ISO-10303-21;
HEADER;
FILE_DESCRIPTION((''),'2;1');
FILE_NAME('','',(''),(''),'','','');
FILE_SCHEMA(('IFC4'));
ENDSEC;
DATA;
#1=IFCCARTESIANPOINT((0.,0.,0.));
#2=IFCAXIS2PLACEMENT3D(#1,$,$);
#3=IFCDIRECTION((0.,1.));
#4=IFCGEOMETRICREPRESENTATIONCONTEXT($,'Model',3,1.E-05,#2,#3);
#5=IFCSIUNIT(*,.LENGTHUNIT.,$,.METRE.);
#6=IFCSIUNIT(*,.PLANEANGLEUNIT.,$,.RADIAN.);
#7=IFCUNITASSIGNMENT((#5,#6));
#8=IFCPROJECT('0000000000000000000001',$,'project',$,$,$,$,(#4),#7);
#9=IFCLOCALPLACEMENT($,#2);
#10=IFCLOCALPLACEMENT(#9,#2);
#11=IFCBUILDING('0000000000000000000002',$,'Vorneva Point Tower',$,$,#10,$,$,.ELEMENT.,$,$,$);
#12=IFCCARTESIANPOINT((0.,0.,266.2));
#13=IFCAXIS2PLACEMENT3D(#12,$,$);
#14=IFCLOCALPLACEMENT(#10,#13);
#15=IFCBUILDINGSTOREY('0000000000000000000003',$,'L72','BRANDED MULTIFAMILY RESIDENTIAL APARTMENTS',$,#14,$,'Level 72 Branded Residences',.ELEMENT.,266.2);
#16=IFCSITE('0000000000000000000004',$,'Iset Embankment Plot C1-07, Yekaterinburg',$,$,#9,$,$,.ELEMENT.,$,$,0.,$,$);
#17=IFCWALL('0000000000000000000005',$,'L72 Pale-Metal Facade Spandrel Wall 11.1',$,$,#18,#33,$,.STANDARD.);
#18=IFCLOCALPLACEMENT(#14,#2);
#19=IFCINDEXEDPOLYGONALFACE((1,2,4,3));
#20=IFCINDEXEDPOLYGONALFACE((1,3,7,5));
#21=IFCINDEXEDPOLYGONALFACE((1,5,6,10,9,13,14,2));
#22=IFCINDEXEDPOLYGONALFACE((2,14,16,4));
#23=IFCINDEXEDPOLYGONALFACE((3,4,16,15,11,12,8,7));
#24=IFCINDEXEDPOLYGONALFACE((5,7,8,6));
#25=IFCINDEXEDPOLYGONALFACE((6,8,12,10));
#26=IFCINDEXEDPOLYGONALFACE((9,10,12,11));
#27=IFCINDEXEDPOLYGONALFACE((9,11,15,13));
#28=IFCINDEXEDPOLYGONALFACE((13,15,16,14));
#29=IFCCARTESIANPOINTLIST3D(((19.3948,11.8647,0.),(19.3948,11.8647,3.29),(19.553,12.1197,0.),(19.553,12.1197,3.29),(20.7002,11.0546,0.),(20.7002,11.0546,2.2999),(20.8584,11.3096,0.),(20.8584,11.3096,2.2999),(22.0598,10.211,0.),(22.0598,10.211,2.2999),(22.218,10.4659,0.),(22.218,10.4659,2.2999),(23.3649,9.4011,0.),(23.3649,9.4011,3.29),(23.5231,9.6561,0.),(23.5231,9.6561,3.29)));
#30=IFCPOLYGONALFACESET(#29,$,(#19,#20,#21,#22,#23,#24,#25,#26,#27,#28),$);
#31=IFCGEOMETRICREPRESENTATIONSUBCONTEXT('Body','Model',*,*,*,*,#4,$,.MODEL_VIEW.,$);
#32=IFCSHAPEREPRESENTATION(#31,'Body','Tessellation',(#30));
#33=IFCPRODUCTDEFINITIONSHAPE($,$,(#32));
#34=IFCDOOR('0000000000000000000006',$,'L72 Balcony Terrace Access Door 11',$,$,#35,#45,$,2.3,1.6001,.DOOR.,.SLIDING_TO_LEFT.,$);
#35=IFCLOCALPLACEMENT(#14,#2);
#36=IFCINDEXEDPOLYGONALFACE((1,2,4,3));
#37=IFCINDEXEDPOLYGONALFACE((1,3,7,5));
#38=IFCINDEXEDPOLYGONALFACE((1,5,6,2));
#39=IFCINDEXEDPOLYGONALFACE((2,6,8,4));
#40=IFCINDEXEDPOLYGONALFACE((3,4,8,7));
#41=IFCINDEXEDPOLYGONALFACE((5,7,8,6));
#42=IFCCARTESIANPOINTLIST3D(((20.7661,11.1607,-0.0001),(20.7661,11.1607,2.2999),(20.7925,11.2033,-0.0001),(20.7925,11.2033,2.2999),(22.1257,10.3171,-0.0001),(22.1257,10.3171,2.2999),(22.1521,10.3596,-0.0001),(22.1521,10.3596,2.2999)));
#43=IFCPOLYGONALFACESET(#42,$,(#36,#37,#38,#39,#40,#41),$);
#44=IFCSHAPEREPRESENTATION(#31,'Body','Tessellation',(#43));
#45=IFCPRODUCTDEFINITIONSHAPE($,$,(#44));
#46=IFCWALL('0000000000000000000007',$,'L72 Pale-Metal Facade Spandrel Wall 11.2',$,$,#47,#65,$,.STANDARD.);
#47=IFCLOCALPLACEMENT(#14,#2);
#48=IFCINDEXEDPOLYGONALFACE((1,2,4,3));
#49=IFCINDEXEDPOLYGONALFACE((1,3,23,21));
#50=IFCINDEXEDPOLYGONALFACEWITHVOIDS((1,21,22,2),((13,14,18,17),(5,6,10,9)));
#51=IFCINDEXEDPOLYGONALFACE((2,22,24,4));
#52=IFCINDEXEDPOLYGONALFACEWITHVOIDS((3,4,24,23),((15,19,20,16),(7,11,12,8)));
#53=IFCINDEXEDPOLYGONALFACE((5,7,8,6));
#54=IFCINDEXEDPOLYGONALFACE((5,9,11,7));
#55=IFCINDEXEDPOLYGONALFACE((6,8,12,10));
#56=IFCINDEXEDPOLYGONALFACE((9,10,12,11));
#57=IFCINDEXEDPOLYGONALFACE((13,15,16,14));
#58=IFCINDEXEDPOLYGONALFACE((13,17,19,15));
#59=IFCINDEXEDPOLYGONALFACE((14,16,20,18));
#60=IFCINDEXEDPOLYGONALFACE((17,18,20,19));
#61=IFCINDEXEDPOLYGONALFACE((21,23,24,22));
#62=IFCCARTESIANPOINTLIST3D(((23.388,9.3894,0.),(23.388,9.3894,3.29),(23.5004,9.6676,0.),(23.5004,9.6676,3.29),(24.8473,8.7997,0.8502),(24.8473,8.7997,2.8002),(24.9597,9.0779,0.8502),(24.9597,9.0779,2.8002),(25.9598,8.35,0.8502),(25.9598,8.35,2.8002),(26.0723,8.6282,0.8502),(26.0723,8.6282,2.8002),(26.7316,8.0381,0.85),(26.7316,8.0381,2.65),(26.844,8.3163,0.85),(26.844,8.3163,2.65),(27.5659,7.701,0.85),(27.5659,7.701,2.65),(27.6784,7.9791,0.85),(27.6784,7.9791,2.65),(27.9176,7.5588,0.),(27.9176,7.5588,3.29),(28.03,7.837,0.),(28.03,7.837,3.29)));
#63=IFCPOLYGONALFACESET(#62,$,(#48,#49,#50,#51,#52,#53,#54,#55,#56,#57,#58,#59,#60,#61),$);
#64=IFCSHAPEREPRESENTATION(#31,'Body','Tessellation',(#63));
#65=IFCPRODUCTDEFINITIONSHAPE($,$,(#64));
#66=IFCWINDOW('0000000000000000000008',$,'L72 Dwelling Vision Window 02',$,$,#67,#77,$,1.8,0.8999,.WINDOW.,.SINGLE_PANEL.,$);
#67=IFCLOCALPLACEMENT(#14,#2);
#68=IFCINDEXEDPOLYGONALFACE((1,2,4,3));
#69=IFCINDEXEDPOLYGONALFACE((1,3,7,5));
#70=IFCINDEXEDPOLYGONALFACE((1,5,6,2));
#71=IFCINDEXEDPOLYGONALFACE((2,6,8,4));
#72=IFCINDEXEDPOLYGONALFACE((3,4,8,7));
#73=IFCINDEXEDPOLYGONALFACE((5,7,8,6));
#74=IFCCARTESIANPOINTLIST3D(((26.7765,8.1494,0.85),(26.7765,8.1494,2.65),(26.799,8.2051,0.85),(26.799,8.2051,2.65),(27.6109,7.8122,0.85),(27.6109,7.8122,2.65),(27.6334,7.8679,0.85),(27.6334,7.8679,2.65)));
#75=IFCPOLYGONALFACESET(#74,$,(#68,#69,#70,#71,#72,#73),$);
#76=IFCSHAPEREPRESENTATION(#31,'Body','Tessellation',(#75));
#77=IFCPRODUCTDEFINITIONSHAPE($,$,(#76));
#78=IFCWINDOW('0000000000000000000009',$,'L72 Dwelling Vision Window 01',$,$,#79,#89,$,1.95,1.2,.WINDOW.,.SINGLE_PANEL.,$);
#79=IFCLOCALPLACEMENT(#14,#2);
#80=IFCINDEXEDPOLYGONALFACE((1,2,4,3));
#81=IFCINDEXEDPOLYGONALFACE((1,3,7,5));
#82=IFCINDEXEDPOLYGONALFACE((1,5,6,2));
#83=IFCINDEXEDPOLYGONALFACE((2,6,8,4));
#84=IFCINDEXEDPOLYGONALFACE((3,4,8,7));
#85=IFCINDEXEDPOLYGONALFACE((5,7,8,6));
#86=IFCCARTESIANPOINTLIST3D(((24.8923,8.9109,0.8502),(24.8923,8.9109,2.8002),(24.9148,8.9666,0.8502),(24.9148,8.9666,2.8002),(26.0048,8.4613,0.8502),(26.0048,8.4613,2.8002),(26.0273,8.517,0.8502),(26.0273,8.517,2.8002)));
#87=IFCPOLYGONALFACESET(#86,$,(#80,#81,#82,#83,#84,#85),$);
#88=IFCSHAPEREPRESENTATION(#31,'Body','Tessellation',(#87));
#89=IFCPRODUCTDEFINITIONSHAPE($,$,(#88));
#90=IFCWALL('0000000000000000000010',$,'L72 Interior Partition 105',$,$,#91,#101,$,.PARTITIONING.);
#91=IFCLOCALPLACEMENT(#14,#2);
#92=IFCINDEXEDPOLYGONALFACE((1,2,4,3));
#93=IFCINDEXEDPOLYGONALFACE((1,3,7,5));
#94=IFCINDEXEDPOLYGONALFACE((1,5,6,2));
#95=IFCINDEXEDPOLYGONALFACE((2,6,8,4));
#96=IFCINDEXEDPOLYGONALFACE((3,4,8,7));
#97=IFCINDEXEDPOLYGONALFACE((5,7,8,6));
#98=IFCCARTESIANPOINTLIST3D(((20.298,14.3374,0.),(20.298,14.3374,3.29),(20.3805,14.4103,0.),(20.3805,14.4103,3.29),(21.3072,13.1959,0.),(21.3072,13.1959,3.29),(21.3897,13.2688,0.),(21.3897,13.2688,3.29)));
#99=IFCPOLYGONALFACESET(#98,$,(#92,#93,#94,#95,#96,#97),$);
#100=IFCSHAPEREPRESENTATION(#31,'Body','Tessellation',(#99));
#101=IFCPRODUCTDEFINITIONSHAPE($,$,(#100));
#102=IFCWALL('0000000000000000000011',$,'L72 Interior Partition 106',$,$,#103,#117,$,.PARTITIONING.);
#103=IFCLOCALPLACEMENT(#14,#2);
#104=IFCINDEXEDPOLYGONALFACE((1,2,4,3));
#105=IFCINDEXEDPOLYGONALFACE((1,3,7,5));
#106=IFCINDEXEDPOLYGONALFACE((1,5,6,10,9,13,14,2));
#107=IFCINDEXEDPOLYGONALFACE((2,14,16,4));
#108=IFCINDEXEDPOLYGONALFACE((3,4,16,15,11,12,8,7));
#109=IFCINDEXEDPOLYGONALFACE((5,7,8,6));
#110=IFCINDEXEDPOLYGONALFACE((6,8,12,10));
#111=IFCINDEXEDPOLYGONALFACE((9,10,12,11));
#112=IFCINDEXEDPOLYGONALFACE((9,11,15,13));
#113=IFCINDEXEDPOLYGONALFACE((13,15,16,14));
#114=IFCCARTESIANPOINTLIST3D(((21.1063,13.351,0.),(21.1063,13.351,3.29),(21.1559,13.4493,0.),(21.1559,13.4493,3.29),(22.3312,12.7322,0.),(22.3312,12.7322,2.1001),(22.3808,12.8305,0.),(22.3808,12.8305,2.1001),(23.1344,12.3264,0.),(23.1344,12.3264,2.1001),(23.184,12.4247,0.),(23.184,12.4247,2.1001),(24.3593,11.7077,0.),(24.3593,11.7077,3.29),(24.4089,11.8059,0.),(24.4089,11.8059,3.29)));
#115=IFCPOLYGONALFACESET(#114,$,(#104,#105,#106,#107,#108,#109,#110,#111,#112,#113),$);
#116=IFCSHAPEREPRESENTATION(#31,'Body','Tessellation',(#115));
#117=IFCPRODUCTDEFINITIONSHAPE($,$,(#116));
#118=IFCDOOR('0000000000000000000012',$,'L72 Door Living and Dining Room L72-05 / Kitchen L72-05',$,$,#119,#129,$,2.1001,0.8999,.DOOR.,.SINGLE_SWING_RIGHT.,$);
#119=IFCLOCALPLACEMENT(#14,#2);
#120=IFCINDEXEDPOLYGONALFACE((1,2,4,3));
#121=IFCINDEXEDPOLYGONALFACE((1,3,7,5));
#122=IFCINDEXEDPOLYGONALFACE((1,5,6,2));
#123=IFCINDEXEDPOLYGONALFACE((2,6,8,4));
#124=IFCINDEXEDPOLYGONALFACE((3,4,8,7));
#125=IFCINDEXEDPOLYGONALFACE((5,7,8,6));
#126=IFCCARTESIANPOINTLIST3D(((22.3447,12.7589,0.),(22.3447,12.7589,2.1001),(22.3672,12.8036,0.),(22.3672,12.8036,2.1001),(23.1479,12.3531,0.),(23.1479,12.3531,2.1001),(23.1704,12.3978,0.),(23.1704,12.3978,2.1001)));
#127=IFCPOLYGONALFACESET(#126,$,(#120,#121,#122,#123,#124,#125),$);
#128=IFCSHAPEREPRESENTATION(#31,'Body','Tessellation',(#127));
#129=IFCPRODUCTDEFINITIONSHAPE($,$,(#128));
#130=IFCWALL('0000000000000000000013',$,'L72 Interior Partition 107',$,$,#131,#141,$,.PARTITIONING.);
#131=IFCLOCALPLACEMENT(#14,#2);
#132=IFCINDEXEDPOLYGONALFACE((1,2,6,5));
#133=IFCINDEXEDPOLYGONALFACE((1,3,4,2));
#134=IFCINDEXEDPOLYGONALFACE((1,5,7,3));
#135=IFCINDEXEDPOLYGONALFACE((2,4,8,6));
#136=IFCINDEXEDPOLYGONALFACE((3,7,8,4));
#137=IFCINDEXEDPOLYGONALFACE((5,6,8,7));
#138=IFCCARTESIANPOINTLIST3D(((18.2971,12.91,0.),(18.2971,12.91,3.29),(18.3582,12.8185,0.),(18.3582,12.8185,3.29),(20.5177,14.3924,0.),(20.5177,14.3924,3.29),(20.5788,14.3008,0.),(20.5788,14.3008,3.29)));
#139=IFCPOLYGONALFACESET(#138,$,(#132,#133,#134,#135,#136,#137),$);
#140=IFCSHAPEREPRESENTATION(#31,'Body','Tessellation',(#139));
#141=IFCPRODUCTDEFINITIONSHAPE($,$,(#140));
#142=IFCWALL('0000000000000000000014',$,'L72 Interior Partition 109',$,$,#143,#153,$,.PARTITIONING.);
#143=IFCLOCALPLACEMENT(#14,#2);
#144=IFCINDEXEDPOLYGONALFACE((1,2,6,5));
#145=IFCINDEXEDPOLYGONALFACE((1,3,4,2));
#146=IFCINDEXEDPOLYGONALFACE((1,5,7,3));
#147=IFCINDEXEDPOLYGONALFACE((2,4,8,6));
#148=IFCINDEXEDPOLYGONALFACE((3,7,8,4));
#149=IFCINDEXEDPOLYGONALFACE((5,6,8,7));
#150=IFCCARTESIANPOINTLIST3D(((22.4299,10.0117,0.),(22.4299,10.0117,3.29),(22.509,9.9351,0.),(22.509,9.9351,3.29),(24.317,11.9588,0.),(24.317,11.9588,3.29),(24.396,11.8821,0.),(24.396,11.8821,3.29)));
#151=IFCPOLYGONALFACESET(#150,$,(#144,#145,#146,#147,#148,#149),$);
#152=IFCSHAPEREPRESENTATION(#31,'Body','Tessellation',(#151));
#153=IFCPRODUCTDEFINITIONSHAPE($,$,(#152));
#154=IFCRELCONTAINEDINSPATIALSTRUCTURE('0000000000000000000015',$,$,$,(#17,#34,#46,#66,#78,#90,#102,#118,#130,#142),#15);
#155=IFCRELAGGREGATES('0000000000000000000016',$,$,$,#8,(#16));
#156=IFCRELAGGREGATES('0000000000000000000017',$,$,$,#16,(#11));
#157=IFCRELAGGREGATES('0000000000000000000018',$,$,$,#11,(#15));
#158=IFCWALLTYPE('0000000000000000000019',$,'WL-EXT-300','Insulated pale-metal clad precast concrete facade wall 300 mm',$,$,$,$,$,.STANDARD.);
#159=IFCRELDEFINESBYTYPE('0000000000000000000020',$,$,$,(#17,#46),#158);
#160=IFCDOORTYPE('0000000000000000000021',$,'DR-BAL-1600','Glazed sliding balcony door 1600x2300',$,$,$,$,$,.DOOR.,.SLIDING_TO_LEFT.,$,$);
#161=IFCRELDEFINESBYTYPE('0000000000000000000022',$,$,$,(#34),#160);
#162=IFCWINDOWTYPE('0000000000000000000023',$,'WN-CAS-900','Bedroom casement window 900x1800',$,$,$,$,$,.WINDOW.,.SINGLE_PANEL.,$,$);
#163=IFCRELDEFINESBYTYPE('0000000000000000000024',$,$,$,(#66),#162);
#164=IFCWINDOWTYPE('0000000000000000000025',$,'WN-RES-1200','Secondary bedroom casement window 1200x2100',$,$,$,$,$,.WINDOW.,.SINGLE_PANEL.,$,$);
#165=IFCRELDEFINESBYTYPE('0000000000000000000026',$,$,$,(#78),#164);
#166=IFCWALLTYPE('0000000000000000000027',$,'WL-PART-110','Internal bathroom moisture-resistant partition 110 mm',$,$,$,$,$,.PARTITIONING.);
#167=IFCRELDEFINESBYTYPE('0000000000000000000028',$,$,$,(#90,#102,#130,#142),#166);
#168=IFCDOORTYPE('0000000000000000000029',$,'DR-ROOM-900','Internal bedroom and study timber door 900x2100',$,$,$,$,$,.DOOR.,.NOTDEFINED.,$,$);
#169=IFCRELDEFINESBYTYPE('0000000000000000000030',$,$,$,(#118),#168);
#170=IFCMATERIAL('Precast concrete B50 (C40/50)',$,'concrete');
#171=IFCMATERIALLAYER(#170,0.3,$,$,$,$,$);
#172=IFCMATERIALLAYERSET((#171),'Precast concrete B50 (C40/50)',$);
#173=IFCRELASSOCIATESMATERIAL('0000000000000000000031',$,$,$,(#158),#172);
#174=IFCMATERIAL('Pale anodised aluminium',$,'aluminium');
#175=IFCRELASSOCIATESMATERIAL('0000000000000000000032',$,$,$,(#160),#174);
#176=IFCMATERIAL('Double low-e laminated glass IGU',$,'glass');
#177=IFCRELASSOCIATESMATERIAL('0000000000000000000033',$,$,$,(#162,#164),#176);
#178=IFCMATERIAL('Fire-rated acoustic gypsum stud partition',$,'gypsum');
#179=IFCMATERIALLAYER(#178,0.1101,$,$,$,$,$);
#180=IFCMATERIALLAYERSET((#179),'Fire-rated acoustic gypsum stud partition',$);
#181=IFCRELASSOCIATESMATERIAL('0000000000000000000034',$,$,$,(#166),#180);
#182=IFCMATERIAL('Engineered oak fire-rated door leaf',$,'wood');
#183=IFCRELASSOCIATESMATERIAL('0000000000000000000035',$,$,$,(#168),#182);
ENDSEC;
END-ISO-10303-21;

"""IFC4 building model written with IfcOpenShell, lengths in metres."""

from ifc_helpers import new_model, si_unit, direction, frame, frame_2d, origin, place, context, subcontext, project, spatial, rectangle, extrude, material, layer, layer_set, type_object, element, fill, save


model = new_model("IFC4")

# Units and contexts
model_context = context("Model", 3, precision=1e-05, world=origin(), true_north=direction((0.0, 1.0)))
body_context = subcontext(model_context, "Body", "Model", "MODEL_VIEW")
ifc_project = project(units=[si_unit("LENGTHUNIT", "METRE"), si_unit("PLANEANGLEUNIT", "RADIAN")], contexts=[model_context])

# Site, building, storey
site_placement = place(None, origin())
site = spatial("IfcSite", under=ifc_project, at=site_placement, Name="Iset Embankment Plot C1-07, Yekaterinburg", CompositionType="ELEMENT", RefElevation=0.0)
building_placement = place(site_placement, origin())
building = spatial("IfcBuilding", under=site, at=building_placement, Name="Vorneva Point Tower", CompositionType="ELEMENT")
storey_placement = place(building_placement, frame((0.0, 0.0, 266.2)))
storey = spatial("IfcBuildingStorey", under=building, at=storey_placement, Name="L72", Description="BRANDED MULTIFAMILY RESIDENTIAL APARTMENTS", LongName="Level 72 Branded Residences", CompositionType="ELEMENT", Elevation=266.2)

# Shared definitions
ifc_material_1 = material(Name="Pale anodised aluminium", Category="aluminium")
ifc_material_2 = material(Name="Double low-e laminated glass IGU", Category="glass")

# Wall, opening, door
ifc_material_3 = material(Name="Precast concrete B50 (C40/50)", Category="concrete")
ifc_layer_1 = layer(ifc_material_3, 0.3)
ifc_layer_set_1 = layer_set([ifc_layer_1], Name="Precast concrete B50 (C40/50)")
wall_type_1 = type_object("IfcWallType", Name="WL-EXT-300", Description="Insulated pale-metal clad precast concrete facade wall 300 mm", PredefinedType="STANDARD", material=ifc_layer_set_1)
wall_1_placement = place(storey_placement, frame((19.4739, 11.9922, 0.0), z_axis=(0.0, 0.0, 1.0), x_axis=(0.849702, -0.527263, 0.0)))
wall_1 = element("IfcWall", 1, at=wall_1_placement, inside=storey, type_object=wall_type_1, Name="L72 Pale-Metal Facade Spandrel Wall 11.1", PredefinedType="STANDARD", context=body_context, shape_type="SweptSolid", body=[
    extrude(rectangle(XDim=4.6724, YDim=0.3, at=frame_2d((2.3362, 0.0))), origin(), (0.0, 0.0, 1.0), 3.29),
])
opening_1_placement = place(wall_1_placement, frame((1.5364, 0.0, 0.0)))
opening_1 = element("IfcOpeningElement", 2, at=opening_1_placement, cuts=wall_1, PredefinedType="OPENING", context=body_context, shape_type="SweptSolid", body=[
    extrude(rectangle(XDim=1.6001, YDim=2.3, at=frame_2d((0.8, 1.1499))), frame((0.0, 0.165, 0.0), z_axis=(0.0, -1.0, 0.0), x_axis=(1.0, 0.0, 0.0)), (0.0, 0.0, 1.0), 0.3298),
])
door_type_1 = type_object("IfcDoorType", Name="DR-BAL-1600", Description="Glazed sliding balcony door 1600x2300", OperationType="SLIDING_TO_LEFT", PredefinedType="DOOR", material=ifc_material_1)
door_1_placement = place(opening_1_placement, origin())
door_1 = element("IfcDoor", 3, at=door_1_placement, inside=storey, type_object=door_type_1, Name="L72 Balcony Terrace Access Door 11", OperationType="SLIDING_TO_LEFT", OverallHeight=2.3, OverallWidth=1.6001, PredefinedType="DOOR", context=body_context, shape_type="SweptSolid", body=[
    extrude(rectangle(XDim=1.6001, YDim=2.3, at=frame_2d((0.8, 1.1499))), frame((0.0, 0.0249, 0.0), z_axis=(0.0, -1.0, 0.0), x_axis=(1.0, 0.0, 0.0)), (0.0, 0.0, 1.0), 0.05),
])
fill(opening_1, door_1)

# Wall, openings, windows
wall_2_placement = place(storey_placement, frame((23.4441, 9.5286, 0.0), z_axis=(0.0, 0.0, 1.0), x_axis=(0.927147, -0.374697, 0.0)))
wall_2 = element("IfcWall", 4, at=wall_2_placement, inside=storey, type_object=wall_type_1, Name="L72 Pale-Metal Facade Spandrel Wall 11.2", PredefinedType="STANDARD", context=body_context, shape_type="SweptSolid", body=[
    extrude(rectangle(XDim=4.8855, YDim=0.3, at=frame_2d((2.4429, 0.0))), origin(), (0.0, 0.0, 1.0), 3.29),
])
opening_2_placement = place(wall_2_placement, frame((1.574, 0.0, 0.8501)))
opening_2 = element("IfcOpeningElement", 5, at=opening_2_placement, cuts=wall_2, PredefinedType="OPENING", context=body_context, shape_type="SweptSolid", body=[
    extrude(rectangle(XDim=1.2, YDim=1.95, at=frame_2d((0.6001, 0.9751))), frame((0.0, 0.165, 0.0), z_axis=(0.0, -1.0, 0.0), x_axis=(1.0, 0.0, 0.0)), (0.0, 0.0, 1.0), 0.3298),
])
opening_3_placement = place(wall_2_placement, frame((3.6064, 0.0, 0.8501)))
opening_3 = element("IfcOpeningElement", 6, at=opening_3_placement, cuts=wall_2, PredefinedType="OPENING", context=body_context, shape_type="SweptSolid", body=[
    extrude(rectangle(XDim=0.8999, YDim=1.8, at=frame_2d((0.45, 0.8999))), frame((0.0, 0.165, 0.0), z_axis=(0.0, -1.0, 0.0), x_axis=(1.0, 0.0, 0.0)), (0.0, 0.0, 1.0), 0.3298),
])
window_type_1 = type_object("IfcWindowType", Name="WN-CAS-900", Description="Bedroom casement window 900x1800", PartitioningType="SINGLE_PANEL", PredefinedType="WINDOW", material=ifc_material_2)
window_1_placement = place(opening_3_placement, origin())
window_1 = element("IfcWindow", 7, at=window_1_placement, inside=storey, type_object=window_type_1, Name="L72 Dwelling Vision Window 02", OverallHeight=1.8, OverallWidth=0.8999, PartitioningType="SINGLE_PANEL", PredefinedType="WINDOW", context=body_context, shape_type="SweptSolid", body=[
    extrude(rectangle(XDim=0.8999, YDim=1.8, at=frame_2d((0.45, 0.8999))), frame((0.0, 0.03, 0.0), z_axis=(0.0, -1.0, 0.0), x_axis=(1.0, 0.0, 0.0)), (0.0, 0.0, 1.0), 0.0601),
])
fill(opening_3, window_1)
window_type_2 = type_object("IfcWindowType", Name="WN-RES-1200", Description="Secondary bedroom casement window 1200x2100", PartitioningType="SINGLE_PANEL", PredefinedType="WINDOW", material=ifc_material_2)
window_2_placement = place(opening_2_placement, origin())
window_2 = element("IfcWindow", 8, at=window_2_placement, inside=storey, type_object=window_type_2, Name="L72 Dwelling Vision Window 01", OverallHeight=1.95, OverallWidth=1.2, PartitioningType="SINGLE_PANEL", PredefinedType="WINDOW", context=body_context, shape_type="SweptSolid", body=[
    extrude(rectangle(XDim=1.2, YDim=1.95, at=frame_2d((0.6001, 0.9751))), frame((0.0, 0.03, 0.0), z_axis=(0.0, -1.0, 0.0), x_axis=(1.0, 0.0, 0.0)), (0.0, 0.0, 1.0), 0.0601),
])
fill(opening_2, window_2)

# Wall
ifc_material_4 = material(Name="Fire-rated acoustic gypsum stud partition", Category="gypsum")
ifc_layer_2 = layer(ifc_material_4, 0.1101)
ifc_layer_set_2 = layer_set([ifc_layer_2], Name="Fire-rated acoustic gypsum stud partition")
wall_type_2 = type_object("IfcWallType", Name="WL-PART-110", Description="Internal bathroom moisture-resistant partition 110 mm", PredefinedType="PARTITIONING", material=ifc_layer_set_2)
wall_3_placement = place(storey_placement, frame((20.3394, 14.3738, 0.0), z_axis=(0.0, 0.0, 1.0), x_axis=(0.662353, -0.749192, 0.0)))
element("IfcWall", 9, at=wall_3_placement, inside=storey, type_object=wall_type_2, Name="L72 Interior Partition 105", PredefinedType="PARTITIONING", context=body_context, shape_type="SweptSolid", body=[
    extrude(rectangle(XDim=1.5237, YDim=0.1101, at=frame_2d((0.7617, 0.0))), origin(), (0.0, 0.0, 1.0), 3.29),
])

# Wall, opening, door
wall_4_placement = place(storey_placement, frame((21.1311, 13.4001, 0.0), z_axis=(0.0, 0.0, 1.0), x_axis=(0.892571, -0.450908, 0.0)))
wall_4 = element("IfcWall", 10, at=wall_4_placement, inside=storey, type_object=wall_type_2, Name="L72 Interior Partition 106", PredefinedType="PARTITIONING", context=body_context, shape_type="SweptSolid", body=[
    extrude(rectangle(XDim=3.6445, YDim=0.1101, at=frame_2d((1.8223, 0.0))), origin(), (0.0, 0.0, 1.0), 3.29),
])
opening_4_placement = place(wall_4_placement, frame((1.3723, 0.0, 0.0)))
opening_4 = element("IfcOpeningElement", 11, at=opening_4_placement, cuts=wall_4, PredefinedType="OPENING", context=body_context, shape_type="SweptSolid", body=[
    extrude(rectangle(XDim=0.8999, YDim=2.1001, at=frame_2d((0.45, 1.05))), frame((0.0, 0.0698, 0.0), z_axis=(0.0, -1.0, 0.0), x_axis=(1.0, 0.0, 0.0)), (0.0, 0.0, 1.0), 0.1399),
])
ifc_material_5 = material(Name="Engineered oak fire-rated door leaf", Category="wood")
door_type_2 = type_object("IfcDoorType", Name="DR-ROOM-900", Description="Internal bedroom and study timber door 900x2100", OperationType="NOTDEFINED", PredefinedType="DOOR", material=ifc_material_5)
door_2_placement = place(opening_4_placement, origin())
door_2 = element("IfcDoor", 12, at=door_2_placement, inside=storey, type_object=door_type_2, Name="L72 Door Living and Dining Room L72-05 / Kitchen L72-05", OperationType="SINGLE_SWING_RIGHT", OverallHeight=2.1001, OverallWidth=0.8999, PredefinedType="DOOR", context=body_context, shape_type="SweptSolid", body=[
    extrude(rectangle(XDim=0.8999, YDim=2.1001, at=frame_2d((0.45, 1.05))), frame((0.0, 0.0249, 0.0), z_axis=(0.0, -1.0, 0.0), x_axis=(1.0, 0.0, 0.0)), (0.0, 0.0, 1.0), 0.05),
])
fill(opening_4, door_2)

# Walls
wall_5_placement = place(storey_placement, frame((18.3276, 12.8643, 0.0), z_axis=(0.0, 0.0, 1.0), x_axis=(0.831713, 0.555207, 0.0)))
element("IfcWall", 13, at=wall_5_placement, inside=storey, type_object=wall_type_2, Name="L72 Interior Partition 107", PredefinedType="PARTITIONING", context=body_context, shape_type="SweptSolid", body=[
    extrude(rectangle(XDim=2.6699, YDim=0.1101, at=frame_2d((1.335, 0.0))), origin(), (0.0, 0.0, 1.0), 3.29),
])
wall_6_placement = place(storey_placement, frame((22.4695, 9.9734, 0.0), z_axis=(0.0, 0.0, 1.0), x_axis=(0.695945, 0.718095, 0.0)))
element("IfcWall", 14, at=wall_6_placement, inside=storey, type_object=wall_type_2, Name="L72 Interior Partition 109", PredefinedType="PARTITIONING", context=body_context, shape_type="SweptSolid", body=[
    extrude(rectangle(XDim=2.7114, YDim=0.1101, at=frame_2d((1.3557, 0.0))), origin(), (0.0, 0.0, 1.0), 3.29),
])

save(model, "model.ifc")
